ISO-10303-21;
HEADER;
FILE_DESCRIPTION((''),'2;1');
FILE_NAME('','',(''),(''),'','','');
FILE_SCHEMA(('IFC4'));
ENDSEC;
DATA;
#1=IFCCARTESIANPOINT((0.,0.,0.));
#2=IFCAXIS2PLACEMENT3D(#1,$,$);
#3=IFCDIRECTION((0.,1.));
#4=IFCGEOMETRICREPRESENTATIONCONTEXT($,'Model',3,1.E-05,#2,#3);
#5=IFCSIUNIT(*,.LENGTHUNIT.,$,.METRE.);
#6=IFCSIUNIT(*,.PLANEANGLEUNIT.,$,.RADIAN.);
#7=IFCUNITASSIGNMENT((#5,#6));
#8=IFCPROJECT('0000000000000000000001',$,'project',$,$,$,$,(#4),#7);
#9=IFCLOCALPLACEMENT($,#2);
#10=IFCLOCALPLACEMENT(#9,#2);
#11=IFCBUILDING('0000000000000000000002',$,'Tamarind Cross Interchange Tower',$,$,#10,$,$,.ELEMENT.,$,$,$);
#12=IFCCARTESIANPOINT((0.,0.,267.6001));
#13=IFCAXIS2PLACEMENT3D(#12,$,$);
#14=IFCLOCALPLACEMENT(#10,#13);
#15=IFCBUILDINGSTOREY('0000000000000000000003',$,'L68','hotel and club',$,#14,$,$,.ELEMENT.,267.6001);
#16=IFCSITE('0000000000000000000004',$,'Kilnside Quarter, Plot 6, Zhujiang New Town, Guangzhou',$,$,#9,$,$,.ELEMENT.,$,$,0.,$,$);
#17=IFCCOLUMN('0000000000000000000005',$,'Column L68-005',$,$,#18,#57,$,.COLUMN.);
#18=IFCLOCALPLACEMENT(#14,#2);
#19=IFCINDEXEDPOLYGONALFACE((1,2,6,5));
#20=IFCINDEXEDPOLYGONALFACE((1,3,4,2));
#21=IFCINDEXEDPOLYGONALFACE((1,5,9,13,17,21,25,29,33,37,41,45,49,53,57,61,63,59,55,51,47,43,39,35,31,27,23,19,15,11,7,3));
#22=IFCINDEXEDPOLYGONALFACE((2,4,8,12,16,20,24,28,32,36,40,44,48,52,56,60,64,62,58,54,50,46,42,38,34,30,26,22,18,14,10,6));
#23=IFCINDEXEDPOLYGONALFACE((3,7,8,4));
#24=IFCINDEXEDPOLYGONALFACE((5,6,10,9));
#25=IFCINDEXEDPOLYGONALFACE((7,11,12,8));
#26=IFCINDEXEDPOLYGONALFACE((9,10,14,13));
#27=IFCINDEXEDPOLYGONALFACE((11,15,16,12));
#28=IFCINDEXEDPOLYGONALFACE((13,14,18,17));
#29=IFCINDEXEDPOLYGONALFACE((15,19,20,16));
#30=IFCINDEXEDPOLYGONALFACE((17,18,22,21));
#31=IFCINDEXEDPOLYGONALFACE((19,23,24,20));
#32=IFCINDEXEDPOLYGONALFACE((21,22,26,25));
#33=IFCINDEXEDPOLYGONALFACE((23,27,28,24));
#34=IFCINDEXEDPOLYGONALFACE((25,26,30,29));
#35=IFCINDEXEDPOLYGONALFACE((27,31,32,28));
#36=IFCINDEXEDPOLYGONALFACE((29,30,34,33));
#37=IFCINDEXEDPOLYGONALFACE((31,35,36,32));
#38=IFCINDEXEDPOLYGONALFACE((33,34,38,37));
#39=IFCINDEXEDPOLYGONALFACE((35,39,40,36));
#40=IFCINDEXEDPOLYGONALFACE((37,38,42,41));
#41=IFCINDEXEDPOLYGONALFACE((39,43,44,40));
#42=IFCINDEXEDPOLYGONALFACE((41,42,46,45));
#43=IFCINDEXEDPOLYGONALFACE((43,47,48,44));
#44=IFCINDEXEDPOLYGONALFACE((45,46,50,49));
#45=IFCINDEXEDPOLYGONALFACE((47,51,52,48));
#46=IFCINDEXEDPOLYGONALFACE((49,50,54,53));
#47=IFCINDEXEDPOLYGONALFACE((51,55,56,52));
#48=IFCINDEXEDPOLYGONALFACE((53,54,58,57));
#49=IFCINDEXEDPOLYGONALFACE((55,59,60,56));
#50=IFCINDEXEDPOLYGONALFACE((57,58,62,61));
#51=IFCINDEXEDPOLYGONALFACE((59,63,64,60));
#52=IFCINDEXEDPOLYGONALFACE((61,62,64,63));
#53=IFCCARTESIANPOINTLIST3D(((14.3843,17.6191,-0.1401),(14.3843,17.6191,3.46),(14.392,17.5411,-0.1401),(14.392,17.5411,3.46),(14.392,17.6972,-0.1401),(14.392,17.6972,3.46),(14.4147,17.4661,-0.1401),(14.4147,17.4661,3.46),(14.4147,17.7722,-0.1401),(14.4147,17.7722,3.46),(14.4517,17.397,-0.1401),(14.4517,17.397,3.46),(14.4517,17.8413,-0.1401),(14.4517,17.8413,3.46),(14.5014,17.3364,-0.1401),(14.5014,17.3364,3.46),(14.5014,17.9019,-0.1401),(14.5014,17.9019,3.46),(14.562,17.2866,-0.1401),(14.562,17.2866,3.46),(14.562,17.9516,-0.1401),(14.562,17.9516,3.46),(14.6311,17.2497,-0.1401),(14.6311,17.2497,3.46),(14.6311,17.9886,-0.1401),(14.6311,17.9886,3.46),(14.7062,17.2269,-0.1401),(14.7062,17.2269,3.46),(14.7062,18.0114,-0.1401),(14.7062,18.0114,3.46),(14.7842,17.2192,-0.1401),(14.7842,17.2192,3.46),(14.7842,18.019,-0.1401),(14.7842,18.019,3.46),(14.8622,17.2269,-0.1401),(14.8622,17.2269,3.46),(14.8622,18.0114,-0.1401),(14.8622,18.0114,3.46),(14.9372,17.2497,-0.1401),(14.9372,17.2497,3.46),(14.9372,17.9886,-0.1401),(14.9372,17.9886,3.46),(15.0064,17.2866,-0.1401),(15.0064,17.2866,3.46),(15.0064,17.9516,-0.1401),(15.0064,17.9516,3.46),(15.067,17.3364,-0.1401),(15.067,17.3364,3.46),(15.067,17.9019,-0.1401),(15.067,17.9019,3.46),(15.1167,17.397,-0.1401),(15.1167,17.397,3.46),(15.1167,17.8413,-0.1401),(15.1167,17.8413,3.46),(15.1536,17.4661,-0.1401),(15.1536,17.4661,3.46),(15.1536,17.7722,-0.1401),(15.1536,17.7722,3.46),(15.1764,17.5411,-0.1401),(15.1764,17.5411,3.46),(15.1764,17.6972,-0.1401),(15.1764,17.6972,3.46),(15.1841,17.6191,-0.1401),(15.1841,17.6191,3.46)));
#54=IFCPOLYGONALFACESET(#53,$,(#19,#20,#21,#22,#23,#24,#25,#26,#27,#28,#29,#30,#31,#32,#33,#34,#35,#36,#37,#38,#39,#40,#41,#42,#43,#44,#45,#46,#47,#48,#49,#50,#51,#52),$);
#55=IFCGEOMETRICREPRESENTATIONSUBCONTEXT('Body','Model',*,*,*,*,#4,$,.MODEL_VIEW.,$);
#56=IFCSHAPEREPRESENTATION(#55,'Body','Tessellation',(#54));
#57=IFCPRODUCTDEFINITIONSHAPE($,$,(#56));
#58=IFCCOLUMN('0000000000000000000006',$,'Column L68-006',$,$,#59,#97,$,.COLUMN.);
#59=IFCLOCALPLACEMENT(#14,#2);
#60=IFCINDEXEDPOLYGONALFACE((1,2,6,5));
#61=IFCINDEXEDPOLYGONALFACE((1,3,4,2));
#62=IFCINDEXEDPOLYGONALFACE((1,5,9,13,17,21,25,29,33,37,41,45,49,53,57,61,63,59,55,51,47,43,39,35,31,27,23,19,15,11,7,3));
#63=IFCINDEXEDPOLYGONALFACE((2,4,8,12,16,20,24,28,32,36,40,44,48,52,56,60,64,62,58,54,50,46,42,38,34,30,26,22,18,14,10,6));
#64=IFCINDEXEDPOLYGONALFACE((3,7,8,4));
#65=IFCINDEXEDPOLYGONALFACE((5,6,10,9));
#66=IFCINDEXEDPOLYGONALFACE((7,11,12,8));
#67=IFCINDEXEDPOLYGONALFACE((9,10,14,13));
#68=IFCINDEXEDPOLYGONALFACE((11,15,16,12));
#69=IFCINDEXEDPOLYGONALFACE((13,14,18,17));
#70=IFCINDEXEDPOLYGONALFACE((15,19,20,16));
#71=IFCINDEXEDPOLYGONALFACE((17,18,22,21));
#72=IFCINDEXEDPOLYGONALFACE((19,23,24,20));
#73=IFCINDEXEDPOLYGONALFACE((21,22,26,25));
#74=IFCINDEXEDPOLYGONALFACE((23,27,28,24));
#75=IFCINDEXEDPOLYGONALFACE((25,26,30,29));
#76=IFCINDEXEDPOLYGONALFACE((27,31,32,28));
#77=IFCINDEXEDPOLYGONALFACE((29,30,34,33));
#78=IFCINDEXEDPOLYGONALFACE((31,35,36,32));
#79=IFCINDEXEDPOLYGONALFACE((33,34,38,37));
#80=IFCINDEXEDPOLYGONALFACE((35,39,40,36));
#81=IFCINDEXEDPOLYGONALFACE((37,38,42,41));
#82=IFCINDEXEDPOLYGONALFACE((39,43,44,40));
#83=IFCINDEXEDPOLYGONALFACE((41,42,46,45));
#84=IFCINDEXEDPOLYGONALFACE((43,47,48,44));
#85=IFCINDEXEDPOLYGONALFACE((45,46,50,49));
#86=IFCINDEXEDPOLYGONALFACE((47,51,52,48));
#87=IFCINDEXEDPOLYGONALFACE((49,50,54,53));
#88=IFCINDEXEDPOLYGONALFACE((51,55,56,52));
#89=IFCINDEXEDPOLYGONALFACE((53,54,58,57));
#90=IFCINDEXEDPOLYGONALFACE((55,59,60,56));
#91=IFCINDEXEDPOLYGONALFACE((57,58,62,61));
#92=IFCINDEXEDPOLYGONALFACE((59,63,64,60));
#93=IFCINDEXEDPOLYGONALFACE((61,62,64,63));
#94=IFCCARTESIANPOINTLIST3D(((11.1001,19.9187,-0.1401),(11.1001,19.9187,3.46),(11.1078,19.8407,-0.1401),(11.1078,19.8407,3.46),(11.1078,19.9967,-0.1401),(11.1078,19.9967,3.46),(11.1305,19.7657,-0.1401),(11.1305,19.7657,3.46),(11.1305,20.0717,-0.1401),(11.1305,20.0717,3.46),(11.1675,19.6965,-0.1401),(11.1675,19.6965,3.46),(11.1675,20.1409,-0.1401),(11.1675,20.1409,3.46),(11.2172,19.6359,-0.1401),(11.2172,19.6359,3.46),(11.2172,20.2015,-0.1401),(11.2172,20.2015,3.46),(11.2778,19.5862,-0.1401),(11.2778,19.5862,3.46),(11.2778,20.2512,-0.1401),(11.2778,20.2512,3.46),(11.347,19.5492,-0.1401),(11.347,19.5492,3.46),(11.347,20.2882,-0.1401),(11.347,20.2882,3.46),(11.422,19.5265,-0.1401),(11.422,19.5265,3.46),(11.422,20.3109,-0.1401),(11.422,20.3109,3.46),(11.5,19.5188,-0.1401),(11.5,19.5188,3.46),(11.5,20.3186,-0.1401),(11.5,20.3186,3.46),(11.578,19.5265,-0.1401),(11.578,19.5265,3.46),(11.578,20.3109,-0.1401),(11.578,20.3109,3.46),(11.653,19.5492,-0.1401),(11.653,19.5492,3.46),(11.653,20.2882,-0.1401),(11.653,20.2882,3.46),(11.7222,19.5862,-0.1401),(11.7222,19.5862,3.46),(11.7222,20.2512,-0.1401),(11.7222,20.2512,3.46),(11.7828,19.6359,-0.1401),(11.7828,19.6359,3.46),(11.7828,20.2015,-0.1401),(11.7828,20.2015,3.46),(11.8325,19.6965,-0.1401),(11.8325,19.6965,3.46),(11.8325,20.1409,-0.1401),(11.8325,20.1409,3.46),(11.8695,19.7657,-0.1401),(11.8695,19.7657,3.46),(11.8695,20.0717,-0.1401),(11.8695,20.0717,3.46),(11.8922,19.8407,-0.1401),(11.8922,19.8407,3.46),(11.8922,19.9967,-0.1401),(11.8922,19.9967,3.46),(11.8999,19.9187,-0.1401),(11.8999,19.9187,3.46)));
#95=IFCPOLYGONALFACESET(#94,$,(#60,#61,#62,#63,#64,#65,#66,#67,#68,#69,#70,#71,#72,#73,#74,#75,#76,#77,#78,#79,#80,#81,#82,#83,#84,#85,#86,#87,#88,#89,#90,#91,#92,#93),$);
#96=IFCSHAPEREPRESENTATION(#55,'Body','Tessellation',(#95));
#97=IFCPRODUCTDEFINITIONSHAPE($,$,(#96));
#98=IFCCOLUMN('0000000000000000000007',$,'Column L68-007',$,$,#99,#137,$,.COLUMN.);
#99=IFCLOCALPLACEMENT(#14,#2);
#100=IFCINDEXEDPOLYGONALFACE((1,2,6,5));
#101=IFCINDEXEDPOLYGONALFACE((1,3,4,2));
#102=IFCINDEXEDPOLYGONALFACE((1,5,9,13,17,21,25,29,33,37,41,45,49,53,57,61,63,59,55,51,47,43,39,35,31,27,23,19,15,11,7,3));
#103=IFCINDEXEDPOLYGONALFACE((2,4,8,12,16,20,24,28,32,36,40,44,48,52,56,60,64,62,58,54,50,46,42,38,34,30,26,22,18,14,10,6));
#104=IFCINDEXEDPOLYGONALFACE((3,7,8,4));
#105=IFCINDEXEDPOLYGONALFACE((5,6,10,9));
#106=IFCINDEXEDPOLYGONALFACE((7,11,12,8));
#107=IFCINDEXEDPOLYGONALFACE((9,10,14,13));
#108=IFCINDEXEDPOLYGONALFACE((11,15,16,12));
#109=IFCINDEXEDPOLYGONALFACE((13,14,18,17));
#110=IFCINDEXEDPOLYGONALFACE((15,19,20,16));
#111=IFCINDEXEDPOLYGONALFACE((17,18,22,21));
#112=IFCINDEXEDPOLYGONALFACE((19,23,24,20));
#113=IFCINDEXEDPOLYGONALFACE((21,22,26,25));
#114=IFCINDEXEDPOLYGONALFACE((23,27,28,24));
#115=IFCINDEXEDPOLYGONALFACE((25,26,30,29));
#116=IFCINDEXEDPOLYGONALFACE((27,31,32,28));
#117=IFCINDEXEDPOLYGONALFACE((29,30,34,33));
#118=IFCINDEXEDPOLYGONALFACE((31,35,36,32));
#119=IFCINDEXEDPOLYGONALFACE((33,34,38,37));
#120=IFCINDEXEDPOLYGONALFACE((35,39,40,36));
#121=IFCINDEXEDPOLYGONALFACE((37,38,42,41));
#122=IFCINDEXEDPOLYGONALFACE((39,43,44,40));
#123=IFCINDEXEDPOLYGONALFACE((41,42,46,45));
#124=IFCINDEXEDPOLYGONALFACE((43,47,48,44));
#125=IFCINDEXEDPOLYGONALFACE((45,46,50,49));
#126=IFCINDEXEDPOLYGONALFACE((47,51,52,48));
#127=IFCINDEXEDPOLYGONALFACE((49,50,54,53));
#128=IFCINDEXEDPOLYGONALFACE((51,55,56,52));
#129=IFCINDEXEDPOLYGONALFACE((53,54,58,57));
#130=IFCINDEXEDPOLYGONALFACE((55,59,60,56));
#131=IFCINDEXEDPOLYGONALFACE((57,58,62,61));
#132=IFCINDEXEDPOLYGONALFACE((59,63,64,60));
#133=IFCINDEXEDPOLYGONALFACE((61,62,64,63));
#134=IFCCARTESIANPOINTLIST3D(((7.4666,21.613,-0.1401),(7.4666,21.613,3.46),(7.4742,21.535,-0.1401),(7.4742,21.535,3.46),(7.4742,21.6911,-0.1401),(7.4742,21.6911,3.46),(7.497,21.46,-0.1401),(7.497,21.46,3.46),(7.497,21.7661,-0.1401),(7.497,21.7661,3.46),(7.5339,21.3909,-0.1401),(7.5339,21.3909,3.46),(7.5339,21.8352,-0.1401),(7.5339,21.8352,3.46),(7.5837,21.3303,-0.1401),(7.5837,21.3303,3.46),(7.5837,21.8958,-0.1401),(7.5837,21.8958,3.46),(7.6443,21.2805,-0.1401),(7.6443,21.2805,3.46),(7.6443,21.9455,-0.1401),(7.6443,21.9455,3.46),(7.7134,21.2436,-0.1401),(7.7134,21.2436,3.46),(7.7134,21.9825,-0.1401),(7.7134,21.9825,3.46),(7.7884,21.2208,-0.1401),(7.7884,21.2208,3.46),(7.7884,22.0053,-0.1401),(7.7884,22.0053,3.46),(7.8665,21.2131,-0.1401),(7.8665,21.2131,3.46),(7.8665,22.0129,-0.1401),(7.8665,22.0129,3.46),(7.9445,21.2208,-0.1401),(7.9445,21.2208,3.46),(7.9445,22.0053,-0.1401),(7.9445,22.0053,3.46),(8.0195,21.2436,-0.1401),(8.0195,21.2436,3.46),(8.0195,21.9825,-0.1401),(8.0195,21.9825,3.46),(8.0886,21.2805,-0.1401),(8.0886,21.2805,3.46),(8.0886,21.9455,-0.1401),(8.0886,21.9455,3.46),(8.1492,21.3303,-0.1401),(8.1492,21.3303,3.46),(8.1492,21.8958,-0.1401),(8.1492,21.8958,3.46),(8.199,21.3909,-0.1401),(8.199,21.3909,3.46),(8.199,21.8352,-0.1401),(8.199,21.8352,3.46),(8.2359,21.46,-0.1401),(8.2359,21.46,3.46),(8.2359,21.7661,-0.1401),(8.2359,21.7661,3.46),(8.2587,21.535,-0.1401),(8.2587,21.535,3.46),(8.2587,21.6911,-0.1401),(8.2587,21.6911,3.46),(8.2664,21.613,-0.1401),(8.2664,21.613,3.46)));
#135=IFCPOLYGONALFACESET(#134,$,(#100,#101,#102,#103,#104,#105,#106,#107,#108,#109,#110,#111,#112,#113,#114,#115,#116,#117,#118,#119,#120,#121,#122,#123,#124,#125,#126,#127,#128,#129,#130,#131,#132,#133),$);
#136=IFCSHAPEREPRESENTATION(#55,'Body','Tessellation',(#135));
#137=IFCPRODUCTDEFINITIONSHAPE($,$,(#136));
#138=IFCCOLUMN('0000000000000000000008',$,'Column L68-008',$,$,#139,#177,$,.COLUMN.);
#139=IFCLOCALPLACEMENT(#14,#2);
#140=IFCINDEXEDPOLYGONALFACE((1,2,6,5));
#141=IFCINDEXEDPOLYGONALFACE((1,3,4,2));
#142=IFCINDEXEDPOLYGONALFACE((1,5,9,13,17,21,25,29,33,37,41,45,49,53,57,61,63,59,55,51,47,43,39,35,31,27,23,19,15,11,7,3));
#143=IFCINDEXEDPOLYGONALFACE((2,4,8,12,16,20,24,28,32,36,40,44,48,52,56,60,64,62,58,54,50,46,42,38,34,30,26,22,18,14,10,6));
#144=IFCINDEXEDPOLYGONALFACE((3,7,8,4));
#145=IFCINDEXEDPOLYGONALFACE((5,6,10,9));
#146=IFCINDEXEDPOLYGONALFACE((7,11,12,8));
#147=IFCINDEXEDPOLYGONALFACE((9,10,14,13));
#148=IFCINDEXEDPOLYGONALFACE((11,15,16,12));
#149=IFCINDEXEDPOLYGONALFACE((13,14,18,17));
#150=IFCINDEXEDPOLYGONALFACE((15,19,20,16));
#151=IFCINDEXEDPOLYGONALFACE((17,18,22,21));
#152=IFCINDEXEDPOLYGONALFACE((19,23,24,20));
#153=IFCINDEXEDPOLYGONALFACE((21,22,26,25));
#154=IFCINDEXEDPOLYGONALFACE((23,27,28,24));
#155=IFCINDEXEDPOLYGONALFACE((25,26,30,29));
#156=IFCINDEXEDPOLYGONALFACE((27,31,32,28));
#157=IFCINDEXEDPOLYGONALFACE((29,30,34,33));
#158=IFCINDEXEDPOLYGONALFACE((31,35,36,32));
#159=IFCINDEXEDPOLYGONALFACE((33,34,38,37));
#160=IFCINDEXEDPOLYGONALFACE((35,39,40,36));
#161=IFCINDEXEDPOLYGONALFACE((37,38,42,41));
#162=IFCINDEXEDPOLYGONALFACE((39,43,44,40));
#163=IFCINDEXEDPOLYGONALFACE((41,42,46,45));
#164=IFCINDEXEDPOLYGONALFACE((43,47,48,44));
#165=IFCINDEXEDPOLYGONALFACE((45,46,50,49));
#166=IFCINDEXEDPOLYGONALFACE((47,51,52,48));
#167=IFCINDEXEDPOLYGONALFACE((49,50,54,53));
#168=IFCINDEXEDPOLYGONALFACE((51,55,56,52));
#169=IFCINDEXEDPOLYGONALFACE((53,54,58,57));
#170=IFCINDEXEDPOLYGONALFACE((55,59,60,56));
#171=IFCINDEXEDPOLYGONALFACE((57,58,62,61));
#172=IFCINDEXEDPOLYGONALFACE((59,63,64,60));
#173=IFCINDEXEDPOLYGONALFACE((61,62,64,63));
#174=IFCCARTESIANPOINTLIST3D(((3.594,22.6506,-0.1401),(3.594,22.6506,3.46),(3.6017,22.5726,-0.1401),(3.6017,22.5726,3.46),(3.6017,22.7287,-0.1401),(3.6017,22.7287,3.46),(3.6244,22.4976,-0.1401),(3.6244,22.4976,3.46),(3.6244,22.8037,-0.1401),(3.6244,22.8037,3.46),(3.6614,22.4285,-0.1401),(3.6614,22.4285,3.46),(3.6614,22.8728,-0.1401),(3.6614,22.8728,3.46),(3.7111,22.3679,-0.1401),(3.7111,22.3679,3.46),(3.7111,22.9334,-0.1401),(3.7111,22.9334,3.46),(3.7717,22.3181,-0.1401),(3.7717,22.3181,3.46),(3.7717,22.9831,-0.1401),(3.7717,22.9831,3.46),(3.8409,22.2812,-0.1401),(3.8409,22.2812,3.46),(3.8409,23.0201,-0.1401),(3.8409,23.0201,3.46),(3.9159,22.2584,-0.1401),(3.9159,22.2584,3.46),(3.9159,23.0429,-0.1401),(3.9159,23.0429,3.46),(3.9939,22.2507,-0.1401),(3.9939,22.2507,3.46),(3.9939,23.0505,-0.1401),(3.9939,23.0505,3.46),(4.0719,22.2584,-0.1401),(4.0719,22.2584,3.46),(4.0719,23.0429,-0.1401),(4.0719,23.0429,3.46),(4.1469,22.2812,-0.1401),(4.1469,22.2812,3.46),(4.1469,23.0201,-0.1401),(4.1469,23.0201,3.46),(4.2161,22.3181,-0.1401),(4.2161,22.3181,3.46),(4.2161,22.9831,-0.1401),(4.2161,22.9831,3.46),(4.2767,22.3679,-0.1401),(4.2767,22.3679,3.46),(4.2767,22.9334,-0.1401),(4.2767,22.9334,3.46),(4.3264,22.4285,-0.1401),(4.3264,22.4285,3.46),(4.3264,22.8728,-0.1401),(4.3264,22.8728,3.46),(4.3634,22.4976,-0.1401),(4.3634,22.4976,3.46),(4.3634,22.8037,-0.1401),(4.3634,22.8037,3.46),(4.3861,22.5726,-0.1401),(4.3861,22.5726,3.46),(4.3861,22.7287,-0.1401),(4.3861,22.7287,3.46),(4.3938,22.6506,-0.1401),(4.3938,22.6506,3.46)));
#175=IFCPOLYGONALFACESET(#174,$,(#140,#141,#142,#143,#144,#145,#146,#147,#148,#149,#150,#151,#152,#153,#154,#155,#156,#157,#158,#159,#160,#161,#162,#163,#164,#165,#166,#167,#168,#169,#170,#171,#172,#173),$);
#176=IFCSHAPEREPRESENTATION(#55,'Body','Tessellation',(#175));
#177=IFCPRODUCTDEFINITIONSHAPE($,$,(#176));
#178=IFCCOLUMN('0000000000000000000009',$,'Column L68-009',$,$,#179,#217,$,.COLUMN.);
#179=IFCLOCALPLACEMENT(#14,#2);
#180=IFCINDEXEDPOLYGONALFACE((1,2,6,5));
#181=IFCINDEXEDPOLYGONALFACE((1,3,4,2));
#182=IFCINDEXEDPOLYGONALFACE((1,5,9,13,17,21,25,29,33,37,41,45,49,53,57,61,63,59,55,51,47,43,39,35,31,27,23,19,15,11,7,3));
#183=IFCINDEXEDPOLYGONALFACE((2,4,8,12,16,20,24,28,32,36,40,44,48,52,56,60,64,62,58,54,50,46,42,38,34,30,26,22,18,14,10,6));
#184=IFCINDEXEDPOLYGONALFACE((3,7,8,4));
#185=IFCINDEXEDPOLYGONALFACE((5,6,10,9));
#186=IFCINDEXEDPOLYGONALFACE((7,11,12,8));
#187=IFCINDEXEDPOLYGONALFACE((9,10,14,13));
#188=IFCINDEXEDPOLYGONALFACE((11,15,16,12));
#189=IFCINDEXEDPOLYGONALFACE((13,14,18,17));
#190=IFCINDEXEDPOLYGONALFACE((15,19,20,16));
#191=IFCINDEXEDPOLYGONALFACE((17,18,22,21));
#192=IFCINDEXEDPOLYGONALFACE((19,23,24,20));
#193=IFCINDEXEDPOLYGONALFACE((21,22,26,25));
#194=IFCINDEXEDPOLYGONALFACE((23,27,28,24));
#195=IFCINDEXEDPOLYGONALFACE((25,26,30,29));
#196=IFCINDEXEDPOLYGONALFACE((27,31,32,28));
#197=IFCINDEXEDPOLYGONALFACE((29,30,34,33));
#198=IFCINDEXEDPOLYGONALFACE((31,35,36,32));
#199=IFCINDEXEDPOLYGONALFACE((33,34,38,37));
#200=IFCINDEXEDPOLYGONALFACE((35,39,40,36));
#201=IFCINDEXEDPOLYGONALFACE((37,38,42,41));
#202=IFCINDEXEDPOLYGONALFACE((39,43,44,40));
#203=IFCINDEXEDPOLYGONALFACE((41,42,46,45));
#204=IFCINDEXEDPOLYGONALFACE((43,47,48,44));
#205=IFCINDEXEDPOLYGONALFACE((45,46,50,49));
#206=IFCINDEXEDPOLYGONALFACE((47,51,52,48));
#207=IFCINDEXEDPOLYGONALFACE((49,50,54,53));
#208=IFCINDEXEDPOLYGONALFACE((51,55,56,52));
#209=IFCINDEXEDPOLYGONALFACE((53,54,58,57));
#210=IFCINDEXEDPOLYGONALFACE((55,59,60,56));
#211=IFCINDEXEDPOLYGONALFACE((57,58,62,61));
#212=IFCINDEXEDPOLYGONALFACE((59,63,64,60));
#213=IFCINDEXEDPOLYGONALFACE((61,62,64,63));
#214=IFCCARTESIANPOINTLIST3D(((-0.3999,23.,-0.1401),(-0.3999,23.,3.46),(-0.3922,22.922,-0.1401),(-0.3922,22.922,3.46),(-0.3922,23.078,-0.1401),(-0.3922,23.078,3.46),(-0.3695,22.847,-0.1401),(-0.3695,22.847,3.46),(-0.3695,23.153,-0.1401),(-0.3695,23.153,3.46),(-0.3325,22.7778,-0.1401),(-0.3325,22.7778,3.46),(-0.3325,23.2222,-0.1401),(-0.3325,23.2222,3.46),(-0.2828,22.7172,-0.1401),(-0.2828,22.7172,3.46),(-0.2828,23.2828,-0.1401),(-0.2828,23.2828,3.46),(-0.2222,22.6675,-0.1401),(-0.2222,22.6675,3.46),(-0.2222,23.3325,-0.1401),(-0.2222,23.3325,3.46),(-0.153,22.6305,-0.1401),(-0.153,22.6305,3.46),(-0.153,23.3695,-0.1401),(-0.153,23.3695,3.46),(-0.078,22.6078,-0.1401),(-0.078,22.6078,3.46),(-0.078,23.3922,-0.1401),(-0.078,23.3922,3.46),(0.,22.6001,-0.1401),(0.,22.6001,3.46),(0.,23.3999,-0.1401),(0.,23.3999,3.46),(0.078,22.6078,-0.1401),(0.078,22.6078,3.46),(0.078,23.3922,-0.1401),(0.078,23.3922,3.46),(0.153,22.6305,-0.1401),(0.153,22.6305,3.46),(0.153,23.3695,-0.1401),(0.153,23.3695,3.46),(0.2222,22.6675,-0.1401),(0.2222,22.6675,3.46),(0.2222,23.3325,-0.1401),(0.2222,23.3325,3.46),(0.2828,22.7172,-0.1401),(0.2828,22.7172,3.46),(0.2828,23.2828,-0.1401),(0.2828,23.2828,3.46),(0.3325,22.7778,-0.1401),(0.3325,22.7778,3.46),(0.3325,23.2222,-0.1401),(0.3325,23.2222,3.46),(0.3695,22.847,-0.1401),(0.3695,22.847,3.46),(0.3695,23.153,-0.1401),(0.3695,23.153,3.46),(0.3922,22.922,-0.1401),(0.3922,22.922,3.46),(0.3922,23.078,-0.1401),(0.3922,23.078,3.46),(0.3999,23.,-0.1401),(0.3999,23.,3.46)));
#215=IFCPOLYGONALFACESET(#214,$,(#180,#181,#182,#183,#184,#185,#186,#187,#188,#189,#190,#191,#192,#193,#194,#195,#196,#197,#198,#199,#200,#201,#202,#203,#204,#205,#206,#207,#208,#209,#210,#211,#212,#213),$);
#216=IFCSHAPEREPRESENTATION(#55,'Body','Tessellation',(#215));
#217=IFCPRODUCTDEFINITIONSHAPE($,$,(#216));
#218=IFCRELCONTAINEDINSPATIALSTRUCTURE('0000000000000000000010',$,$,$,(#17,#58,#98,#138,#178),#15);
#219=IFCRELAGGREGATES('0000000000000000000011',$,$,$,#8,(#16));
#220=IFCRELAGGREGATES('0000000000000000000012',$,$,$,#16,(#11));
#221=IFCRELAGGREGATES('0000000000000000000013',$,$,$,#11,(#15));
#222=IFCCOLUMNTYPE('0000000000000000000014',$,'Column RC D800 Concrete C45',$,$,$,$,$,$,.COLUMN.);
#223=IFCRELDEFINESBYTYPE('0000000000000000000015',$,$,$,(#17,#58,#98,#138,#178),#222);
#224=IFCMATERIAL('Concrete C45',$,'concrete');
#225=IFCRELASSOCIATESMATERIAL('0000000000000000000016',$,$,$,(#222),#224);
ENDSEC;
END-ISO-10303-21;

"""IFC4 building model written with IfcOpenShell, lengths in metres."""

from ifc_helpers import new_model, si_unit, direction, frame, origin, origin_2d, place, context, subcontext, project, spatial, circle, extrude, material, material_profile, profile_set, type_object, element, save


model = new_model("IFC4")

# Units and contexts
model_context = context("Model", 3, precision=1e-05, world=origin(), true_north=direction((0.0, 1.0)))
body_context = subcontext(model_context, "Body", "Model", "MODEL_VIEW")
ifc_project = project(units=[si_unit("LENGTHUNIT", "METRE"), si_unit("PLANEANGLEUNIT", "RADIAN")], contexts=[model_context])

# Site, building, storey
site_placement = place(None, origin())
site = spatial("IfcSite", under=ifc_project, at=site_placement, Name="Kilnside Quarter, Plot 6, Zhujiang New Town, Guangzhou", CompositionType="ELEMENT", RefElevation=0.0)
building_placement = place(site_placement, origin())
building = spatial("IfcBuilding", under=site, at=building_placement, Name="Tamarind Cross Interchange Tower", CompositionType="ELEMENT")
storey_placement = place(building_placement, frame((0.0, 0.0, 267.6001)))
storey = spatial("IfcBuildingStorey", under=building, at=storey_placement, Name="L68", Description="hotel and club", CompositionType="ELEMENT", Elevation=267.6001)

# Columns
ifc_material_1 = material(Name="Concrete C45", Category="concrete")
ifc_material_profile_1 = material_profile(ifc_material_1, circle(Radius=0.3999, at=origin_2d()), Name="RC D800")
ifc_profile_set_1 = profile_set([ifc_material_profile_1], Name="Concrete C45")
column_type = type_object("IfcColumnType", Name="Column RC D800 Concrete C45", PredefinedType="COLUMN", material=ifc_profile_set_1)
for number, where, z_axis, x_axis, name in (
    (1, (14.7842, 17.6191, -0.1401), (0.0, 0.0, 1.0), (1.0, 0.0, 0.0), "Column L68-005"),
    (2, (11.5, 19.9187, -0.1401), (0.0, 0.0, 1.0), (1.0, 0.0, 0.0), "Column L68-006"),
    (3, (7.8665, 21.613, -0.1401), (0.0, 0.0, 1.0), (1.0, 0.0, 0.0), "Column L68-007"),
    (4, (3.9939, 22.6506, -0.1401), (0.0, 0.0, 1.0), (1.0, 0.0, 0.0), "Column L68-008"),
    (5, (0.0, 23.0, -0.1401), (0.0, 0.0, 1.0), (1.0, 0.0, 0.0), "Column L68-009"),
):
    element("IfcColumn", number, at=place(storey_placement, frame(where, z_axis=z_axis, x_axis=x_axis)), inside=storey, type_object=column_type, Name=name, PredefinedType="COLUMN", context=body_context, shape_type="SweptSolid", body=[
        extrude(circle(Radius=0.3999, at=origin_2d()), origin(), (0.0, 0.0, 1.0), 3.6001),
    ])

save(model, "model.ifc")
